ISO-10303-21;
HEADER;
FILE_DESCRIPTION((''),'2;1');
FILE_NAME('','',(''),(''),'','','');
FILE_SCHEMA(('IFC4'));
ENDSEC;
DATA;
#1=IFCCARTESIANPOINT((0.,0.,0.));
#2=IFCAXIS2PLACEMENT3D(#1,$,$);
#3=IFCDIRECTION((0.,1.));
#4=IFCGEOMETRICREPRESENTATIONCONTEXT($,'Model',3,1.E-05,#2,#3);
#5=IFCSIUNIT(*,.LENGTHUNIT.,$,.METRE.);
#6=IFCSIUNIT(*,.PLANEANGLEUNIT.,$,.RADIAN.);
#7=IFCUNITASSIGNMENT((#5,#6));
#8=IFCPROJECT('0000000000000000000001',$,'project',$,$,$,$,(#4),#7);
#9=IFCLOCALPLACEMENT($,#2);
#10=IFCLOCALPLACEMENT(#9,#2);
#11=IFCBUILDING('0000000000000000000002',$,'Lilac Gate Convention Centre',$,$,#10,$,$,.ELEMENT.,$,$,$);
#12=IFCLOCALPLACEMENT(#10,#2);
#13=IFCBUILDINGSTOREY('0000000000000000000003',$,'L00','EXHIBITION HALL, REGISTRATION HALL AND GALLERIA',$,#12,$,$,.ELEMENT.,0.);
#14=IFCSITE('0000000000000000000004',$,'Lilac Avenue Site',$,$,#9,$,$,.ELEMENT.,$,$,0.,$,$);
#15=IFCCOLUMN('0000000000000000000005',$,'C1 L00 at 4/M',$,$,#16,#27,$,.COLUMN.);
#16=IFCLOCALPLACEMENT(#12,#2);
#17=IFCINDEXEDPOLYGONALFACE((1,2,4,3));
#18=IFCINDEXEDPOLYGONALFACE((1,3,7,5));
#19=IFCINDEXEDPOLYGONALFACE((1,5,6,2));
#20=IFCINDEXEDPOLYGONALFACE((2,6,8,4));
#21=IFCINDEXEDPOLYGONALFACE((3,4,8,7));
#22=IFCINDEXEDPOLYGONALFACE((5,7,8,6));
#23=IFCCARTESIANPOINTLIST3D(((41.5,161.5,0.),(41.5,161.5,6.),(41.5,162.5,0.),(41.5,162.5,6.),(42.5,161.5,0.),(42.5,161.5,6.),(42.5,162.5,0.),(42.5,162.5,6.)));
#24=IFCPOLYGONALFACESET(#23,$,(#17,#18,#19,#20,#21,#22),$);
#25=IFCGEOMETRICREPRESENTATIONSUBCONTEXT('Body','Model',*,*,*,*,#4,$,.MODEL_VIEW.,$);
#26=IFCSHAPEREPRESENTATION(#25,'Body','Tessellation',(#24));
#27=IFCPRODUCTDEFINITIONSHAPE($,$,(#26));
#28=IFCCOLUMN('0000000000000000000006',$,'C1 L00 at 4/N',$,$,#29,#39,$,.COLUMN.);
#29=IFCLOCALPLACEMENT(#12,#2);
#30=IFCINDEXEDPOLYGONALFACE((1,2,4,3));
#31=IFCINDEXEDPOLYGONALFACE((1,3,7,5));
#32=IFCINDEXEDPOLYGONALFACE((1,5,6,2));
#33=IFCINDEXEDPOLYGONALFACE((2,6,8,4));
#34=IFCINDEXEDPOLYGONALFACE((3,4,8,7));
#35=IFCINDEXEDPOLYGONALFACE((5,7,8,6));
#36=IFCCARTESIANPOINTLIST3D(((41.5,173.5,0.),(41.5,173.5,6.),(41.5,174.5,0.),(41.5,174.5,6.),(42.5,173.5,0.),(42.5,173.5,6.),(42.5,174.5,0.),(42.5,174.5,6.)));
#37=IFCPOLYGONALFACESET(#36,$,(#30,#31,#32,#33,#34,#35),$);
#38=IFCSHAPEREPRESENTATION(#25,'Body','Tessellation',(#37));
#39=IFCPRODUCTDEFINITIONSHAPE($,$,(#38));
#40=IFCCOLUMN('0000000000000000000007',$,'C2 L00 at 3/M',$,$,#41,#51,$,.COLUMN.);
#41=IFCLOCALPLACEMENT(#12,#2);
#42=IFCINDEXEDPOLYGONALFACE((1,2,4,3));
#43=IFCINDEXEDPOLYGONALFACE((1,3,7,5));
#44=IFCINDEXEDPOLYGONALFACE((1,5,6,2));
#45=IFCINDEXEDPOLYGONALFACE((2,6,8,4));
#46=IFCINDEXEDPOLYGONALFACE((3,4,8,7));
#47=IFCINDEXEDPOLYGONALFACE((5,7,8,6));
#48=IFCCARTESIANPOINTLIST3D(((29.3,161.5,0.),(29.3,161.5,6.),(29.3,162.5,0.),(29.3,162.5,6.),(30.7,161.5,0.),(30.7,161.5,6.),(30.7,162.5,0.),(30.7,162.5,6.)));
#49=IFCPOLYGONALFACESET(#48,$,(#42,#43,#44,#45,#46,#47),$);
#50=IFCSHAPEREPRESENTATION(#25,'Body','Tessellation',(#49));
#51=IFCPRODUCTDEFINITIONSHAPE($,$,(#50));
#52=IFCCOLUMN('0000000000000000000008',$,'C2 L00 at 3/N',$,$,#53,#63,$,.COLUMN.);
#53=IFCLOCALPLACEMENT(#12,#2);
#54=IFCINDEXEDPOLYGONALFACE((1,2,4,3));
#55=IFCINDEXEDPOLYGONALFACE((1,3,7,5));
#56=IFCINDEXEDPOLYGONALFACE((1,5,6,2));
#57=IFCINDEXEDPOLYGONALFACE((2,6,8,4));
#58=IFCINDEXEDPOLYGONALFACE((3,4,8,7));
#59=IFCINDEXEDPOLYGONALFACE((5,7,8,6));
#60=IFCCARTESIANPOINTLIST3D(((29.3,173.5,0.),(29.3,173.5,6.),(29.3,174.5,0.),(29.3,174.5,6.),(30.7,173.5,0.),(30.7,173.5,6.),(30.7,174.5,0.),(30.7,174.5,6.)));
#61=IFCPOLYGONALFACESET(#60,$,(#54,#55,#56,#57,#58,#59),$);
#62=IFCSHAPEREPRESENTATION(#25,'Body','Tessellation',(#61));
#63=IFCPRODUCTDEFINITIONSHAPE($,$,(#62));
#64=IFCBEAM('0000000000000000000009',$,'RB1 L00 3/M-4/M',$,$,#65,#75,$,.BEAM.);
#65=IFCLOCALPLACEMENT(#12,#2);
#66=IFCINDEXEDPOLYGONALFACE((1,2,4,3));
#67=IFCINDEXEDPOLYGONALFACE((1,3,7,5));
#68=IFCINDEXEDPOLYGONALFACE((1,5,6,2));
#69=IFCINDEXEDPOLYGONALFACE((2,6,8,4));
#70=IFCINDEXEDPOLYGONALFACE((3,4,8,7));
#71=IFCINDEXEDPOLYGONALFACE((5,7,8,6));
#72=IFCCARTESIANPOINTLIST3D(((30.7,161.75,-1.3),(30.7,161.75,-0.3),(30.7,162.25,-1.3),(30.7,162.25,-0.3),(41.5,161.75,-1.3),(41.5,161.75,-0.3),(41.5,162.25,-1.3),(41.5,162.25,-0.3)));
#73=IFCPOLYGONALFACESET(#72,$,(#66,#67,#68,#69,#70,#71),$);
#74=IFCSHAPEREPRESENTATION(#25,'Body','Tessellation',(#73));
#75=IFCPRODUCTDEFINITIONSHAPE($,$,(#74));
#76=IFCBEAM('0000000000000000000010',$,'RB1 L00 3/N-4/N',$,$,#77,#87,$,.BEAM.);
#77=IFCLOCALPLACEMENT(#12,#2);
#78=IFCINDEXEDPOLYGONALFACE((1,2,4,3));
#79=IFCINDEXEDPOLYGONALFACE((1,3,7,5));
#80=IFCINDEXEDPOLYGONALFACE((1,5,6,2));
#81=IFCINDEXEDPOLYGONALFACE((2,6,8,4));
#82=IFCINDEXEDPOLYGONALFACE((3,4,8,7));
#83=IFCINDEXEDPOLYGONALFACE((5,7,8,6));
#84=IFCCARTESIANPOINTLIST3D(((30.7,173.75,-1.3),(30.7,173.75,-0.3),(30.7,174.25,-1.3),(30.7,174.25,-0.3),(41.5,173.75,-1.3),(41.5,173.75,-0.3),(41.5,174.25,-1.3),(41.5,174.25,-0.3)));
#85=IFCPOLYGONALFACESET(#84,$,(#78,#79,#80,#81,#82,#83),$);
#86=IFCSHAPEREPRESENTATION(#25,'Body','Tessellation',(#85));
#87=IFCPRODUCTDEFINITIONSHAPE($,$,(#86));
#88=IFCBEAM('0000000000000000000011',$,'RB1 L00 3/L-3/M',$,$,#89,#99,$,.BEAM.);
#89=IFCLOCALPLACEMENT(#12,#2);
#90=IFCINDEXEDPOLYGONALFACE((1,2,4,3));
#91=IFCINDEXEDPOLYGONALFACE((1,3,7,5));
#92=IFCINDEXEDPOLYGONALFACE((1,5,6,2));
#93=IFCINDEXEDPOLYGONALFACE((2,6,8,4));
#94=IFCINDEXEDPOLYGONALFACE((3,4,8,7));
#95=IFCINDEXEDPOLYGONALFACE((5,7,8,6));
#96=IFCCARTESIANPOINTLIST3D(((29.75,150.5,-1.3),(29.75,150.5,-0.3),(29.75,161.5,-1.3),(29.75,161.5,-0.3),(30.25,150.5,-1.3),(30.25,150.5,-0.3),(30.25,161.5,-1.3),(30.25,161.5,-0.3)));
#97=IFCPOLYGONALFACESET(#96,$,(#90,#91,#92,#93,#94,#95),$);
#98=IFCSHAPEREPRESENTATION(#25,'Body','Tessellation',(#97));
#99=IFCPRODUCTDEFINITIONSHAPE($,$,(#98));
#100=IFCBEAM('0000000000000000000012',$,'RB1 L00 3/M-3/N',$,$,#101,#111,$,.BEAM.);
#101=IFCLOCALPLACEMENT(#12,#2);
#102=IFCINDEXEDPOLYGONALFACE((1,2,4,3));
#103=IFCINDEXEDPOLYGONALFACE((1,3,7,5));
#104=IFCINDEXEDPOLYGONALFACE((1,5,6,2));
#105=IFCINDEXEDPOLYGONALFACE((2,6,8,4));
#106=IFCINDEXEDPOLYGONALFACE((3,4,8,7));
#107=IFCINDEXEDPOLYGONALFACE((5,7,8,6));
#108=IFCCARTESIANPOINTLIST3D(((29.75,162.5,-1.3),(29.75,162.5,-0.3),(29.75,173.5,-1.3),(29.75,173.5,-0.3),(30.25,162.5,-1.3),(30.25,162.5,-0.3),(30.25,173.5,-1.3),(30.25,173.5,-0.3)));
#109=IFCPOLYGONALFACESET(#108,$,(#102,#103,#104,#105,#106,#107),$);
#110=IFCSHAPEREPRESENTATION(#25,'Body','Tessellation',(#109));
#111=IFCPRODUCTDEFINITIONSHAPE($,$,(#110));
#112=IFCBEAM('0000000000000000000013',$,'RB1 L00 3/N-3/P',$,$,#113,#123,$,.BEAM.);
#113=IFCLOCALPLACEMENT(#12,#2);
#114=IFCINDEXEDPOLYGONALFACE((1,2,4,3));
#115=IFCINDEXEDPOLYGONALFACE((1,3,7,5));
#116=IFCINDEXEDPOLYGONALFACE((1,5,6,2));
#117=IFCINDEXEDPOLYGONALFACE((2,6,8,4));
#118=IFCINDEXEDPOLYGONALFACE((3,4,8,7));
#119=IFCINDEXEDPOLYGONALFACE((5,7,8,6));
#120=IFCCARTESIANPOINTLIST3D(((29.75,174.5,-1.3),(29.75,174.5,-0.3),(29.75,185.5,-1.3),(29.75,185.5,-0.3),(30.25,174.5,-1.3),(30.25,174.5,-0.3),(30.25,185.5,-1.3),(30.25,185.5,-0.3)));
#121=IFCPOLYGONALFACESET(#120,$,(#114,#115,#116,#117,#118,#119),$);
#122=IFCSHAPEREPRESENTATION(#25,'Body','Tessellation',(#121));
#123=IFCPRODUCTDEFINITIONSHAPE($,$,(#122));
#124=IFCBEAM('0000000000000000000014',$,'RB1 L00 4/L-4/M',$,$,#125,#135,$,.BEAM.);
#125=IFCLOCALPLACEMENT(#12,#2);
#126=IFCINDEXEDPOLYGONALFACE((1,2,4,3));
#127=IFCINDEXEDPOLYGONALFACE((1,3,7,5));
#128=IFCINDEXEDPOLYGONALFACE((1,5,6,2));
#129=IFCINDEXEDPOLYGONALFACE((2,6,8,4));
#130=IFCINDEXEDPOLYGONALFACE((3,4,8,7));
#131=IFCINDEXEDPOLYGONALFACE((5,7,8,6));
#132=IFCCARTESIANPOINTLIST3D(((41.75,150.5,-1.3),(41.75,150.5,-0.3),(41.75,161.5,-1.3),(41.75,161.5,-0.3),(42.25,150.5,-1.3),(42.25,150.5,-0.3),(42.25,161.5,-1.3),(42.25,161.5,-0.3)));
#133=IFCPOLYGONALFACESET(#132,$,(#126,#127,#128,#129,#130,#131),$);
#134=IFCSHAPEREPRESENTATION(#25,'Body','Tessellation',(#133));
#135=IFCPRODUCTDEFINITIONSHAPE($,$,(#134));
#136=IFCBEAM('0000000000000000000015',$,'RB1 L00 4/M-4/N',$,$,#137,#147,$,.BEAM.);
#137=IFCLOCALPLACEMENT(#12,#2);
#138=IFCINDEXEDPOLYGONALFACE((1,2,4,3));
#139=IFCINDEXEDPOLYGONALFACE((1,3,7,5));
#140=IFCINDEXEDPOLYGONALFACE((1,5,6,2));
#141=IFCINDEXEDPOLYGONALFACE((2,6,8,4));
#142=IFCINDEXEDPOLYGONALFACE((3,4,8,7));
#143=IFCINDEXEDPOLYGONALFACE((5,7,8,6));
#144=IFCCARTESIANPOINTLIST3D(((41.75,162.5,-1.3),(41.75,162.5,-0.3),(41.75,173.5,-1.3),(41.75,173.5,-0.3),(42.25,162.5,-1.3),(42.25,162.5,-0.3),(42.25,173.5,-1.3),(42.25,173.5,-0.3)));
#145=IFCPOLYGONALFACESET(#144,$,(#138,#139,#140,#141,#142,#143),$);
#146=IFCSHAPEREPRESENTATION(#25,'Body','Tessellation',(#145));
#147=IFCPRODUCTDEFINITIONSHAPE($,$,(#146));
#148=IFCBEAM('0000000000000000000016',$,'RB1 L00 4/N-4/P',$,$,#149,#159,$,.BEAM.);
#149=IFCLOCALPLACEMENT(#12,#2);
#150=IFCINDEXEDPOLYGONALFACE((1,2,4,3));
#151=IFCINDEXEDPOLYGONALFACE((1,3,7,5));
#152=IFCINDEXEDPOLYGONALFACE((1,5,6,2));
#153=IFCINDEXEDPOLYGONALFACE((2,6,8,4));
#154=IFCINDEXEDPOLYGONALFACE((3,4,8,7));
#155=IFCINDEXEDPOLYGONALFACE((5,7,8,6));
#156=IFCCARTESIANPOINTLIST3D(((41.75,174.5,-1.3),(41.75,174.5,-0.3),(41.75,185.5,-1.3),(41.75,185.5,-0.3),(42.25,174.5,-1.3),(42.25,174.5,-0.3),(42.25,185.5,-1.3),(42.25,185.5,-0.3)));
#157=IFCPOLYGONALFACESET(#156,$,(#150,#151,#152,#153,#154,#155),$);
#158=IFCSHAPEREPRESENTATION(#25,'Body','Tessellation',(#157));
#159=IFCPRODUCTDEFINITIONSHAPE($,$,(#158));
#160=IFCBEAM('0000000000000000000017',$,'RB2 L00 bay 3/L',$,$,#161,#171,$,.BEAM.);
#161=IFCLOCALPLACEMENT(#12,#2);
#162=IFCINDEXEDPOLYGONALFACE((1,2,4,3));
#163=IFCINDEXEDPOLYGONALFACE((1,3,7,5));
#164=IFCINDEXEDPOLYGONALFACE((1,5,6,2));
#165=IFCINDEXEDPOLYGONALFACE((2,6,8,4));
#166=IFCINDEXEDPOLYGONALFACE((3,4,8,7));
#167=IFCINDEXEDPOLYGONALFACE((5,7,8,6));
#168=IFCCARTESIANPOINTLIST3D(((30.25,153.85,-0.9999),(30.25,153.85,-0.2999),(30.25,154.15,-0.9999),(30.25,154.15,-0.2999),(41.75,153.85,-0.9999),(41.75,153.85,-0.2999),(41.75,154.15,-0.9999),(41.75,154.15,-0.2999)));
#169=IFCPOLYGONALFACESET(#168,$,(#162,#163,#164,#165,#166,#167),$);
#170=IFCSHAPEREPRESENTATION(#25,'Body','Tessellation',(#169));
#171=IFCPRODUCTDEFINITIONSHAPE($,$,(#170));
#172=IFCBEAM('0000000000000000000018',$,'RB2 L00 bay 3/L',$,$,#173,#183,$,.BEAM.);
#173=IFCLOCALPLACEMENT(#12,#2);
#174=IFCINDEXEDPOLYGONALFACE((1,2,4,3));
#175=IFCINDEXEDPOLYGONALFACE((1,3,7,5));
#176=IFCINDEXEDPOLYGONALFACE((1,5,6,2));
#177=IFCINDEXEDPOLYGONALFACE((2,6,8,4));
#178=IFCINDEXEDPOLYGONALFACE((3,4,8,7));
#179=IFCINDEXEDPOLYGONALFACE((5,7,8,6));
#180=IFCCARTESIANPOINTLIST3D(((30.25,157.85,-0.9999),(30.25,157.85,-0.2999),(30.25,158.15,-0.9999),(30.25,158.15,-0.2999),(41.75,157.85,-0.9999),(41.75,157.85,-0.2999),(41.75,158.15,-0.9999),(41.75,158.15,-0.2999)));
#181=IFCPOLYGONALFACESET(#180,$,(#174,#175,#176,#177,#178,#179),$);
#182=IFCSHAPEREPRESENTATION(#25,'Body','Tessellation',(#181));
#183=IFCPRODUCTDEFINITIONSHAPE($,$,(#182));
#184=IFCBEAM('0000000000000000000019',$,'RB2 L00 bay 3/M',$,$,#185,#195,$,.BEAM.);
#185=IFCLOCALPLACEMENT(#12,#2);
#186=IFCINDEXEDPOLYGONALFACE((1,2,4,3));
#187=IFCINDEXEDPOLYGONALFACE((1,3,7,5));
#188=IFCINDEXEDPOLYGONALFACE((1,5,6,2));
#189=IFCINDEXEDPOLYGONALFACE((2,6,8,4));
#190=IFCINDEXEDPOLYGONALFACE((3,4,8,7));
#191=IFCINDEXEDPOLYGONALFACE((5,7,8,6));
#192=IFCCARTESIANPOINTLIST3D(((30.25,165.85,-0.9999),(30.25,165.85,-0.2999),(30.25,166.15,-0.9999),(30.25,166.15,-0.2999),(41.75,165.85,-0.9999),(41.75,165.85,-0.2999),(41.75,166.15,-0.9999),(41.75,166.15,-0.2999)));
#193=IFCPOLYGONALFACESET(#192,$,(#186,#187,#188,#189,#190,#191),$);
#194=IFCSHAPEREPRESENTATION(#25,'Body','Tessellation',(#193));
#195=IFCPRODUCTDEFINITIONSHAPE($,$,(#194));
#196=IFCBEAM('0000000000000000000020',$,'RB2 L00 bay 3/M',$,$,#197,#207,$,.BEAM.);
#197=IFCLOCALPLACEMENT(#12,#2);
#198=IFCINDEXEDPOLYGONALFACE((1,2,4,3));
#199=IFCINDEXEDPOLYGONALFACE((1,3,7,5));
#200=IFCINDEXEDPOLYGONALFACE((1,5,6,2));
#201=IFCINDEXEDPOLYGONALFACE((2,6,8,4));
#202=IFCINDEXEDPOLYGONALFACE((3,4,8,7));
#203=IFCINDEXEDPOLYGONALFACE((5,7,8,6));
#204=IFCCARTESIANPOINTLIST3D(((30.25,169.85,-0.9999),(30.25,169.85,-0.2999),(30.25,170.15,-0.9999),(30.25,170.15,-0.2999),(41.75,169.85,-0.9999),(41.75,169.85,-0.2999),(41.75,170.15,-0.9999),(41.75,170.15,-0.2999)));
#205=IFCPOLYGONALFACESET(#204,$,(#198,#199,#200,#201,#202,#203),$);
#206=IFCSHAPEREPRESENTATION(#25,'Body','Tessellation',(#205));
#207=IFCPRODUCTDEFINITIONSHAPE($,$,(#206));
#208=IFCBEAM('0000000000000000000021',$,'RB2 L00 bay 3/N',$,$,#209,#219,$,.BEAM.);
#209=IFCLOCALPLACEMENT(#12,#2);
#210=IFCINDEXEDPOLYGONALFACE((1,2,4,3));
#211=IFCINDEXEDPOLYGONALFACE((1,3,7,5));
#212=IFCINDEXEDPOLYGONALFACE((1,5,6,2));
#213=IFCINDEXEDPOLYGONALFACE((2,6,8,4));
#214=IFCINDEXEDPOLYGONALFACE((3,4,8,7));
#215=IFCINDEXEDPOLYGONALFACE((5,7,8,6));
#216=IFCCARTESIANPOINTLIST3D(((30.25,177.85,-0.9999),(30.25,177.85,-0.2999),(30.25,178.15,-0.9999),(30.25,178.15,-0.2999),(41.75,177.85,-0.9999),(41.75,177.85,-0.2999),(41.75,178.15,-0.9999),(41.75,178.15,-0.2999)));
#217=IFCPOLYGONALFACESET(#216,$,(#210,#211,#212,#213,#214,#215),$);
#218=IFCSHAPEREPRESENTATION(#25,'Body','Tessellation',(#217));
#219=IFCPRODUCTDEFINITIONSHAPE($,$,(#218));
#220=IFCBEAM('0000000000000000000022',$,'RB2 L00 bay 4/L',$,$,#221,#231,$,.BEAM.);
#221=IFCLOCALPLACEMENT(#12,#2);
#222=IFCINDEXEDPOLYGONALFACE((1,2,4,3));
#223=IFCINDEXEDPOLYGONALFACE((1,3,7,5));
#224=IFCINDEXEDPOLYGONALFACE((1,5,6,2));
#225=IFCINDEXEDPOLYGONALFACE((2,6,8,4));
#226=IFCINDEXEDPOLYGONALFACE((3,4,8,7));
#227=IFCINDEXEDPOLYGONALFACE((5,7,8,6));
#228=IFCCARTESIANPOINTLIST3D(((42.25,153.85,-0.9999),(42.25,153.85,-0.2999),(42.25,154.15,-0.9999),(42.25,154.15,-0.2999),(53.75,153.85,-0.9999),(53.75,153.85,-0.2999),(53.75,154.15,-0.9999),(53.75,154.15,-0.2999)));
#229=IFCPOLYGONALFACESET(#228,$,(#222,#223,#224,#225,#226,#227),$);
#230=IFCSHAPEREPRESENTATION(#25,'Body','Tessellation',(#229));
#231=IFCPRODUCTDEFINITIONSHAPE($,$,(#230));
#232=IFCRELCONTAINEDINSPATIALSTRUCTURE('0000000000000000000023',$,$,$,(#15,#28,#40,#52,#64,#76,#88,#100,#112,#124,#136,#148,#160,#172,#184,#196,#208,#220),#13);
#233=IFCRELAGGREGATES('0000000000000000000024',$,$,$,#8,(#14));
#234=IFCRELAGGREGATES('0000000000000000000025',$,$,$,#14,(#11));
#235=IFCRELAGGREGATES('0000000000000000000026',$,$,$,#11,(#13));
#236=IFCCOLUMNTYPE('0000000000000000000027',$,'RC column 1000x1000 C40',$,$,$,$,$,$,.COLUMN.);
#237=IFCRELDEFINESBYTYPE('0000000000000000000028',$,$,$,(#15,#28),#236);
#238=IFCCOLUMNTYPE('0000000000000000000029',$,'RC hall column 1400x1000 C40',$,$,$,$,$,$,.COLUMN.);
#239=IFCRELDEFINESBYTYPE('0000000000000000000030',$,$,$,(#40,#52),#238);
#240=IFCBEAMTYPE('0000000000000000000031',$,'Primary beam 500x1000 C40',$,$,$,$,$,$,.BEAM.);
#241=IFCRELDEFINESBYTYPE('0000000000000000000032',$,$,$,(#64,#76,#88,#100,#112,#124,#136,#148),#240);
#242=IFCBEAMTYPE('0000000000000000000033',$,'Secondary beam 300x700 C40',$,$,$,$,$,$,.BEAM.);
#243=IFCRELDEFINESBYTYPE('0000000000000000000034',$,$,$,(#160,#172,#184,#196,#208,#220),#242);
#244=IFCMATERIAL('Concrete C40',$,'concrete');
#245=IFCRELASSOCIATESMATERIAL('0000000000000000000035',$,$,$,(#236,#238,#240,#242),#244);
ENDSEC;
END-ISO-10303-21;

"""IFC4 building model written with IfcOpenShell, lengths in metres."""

from ifc_helpers import new_model, si_unit, direction, frame, origin, origin_2d, place, context, subcontext, project, spatial, rectangle, extrude, material, material_profile, profile_set, type_object, element, save


model = new_model("IFC4")

# Units and contexts
model_context = context("Model", 3, precision=1e-05, world=origin(), true_north=direction((0.0, 1.0)))
body_context = subcontext(model_context, "Body", "Model", "MODEL_VIEW")
ifc_project = project(units=[si_unit("LENGTHUNIT", "METRE"), si_unit("PLANEANGLEUNIT", "RADIAN")], contexts=[model_context])

# Site, building, storey
site_placement = place(None, origin())
site = spatial("IfcSite", under=ifc_project, at=site_placement, Name="Lilac Avenue Site", CompositionType="ELEMENT", RefElevation=0.0)
building_placement = place(site_placement, origin())
building = spatial("IfcBuilding", under=site, at=building_placement, Name="Lilac Gate Convention Centre", CompositionType="ELEMENT")
storey_placement = place(building_placement, origin())
storey = spatial("IfcBuildingStorey", under=building, at=storey_placement, Name="L00", Description="EXHIBITION HALL, REGISTRATION HALL AND GALLERIA", CompositionType="ELEMENT", Elevation=0.0)

# Columns
ifc_material_1 = material(Name="Concrete C40", Category="concrete")
ifc_material_profile_1 = material_profile(ifc_material_1, rectangle(XDim=1.0, YDim=1.0, at=origin_2d()), Name="RC 1000x1000")
ifc_profile_set_1 = profile_set([ifc_material_profile_1], Name="Concrete C40")
column_type_1 = type_object("IfcColumnType", Name="RC column 1000x1000 C40", PredefinedType="COLUMN", material=ifc_profile_set_1)
for number, where, z_axis, x_axis, name in (
    (1, (42.0, 162.0, 0.0), (0.0, 0.0, 1.0), (1.0, 0.0, 0.0), "C1 L00 at 4/M"),
    (2, (42.0, 174.0, 0.0), (0.0, 0.0, 1.0), (1.0, 0.0, 0.0), "C1 L00 at 4/N"),
):
    element("IfcColumn", number, at=place(storey_placement, frame(where, z_axis=z_axis, x_axis=x_axis)), inside=storey, type_object=column_type_1, Name=name, PredefinedType="COLUMN", context=body_context, shape_type="SweptSolid", body=[
        extrude(rectangle(XDim=1.0, YDim=1.0, at=origin_2d()), origin(), (0.0, 0.0, 1.0), 6.0),
    ])
ifc_material_profile_2 = material_profile(ifc_material_1, rectangle(XDim=1.3999, YDim=1.0, at=origin_2d()), Name="RC 1400x1000")
ifc_profile_set_2 = profile_set([ifc_material_profile_2], Name="Concrete C40")
column_type_2 = type_object("IfcColumnType", Name="RC hall column 1400x1000 C40", PredefinedType="COLUMN", material=ifc_profile_set_2)
for number, where, z_axis, x_axis, name in (
    (3, (30.0, 162.0, 0.0), (0.0, 0.0, 1.0), (1.0, 0.0, 0.0), "C2 L00 at 3/M"),
    (4, (30.0, 174.0, 0.0), (0.0, 0.0, 1.0), (1.0, 0.0, 0.0), "C2 L00 at 3/N"),
):
    element("IfcColumn", number, at=place(storey_placement, frame(where, z_axis=z_axis, x_axis=x_axis)), inside=storey, type_object=column_type_2, Name=name, PredefinedType="COLUMN", context=body_context, shape_type="SweptSolid", body=[
        extrude(rectangle(XDim=1.3999, YDim=1.0, at=origin_2d()), origin(), (0.0, 0.0, 1.0), 6.0),
    ])

# Beams
ifc_material_profile_3 = material_profile(ifc_material_1, rectangle(XDim=0.5, YDim=1.0, at=origin_2d()), Name="RC 500x1000")
ifc_profile_set_3 = profile_set([ifc_material_profile_3], Name="Concrete C40")
beam_type_1 = type_object("IfcBeamType", Name="Primary beam 500x1000 C40", PredefinedType="BEAM", material=ifc_profile_set_3)
for number, where, z_axis, x_axis, name in (
    (5, (30.7, 162.0, -0.8), (1.0, 0.0, 0.0), (0.0, 1.0, 0.0), "RB1 L00 3/M-4/M"),
    (6, (30.7, 174.0, -0.8), (1.0, 0.0, 0.0), (0.0, 1.0, 0.0), "RB1 L00 3/N-4/N"),
):
    element("IfcBeam", number, at=place(storey_placement, frame(where, z_axis=z_axis, x_axis=x_axis)), inside=storey, type_object=beam_type_1, Name=name, PredefinedType="BEAM", context=body_context, shape_type="SweptSolid", body=[
        extrude(rectangle(XDim=0.5, YDim=1.0, at=origin_2d()), origin(), (0.0, 0.0, 1.0), 10.8),
    ])
for number, where, z_axis, x_axis, name in (
    (7, (30.0, 150.5, -0.8), (0.0, 1.0, 0.0), (-1.0, 0.0, 0.0), "RB1 L00 3/L-3/M"),
    (8, (30.0, 162.5, -0.8), (0.0, 1.0, 0.0), (-1.0, 0.0, 0.0), "RB1 L00 3/M-3/N"),
    (9, (30.0, 174.5, -0.8), (0.0, 1.0, 0.0), (-1.0, 0.0, 0.0), "RB1 L00 3/N-3/P"),
    (10, (42.0, 150.5, -0.8), (0.0, 1.0, 0.0), (-1.0, 0.0, 0.0), "RB1 L00 4/L-4/M"),
    (11, (42.0, 162.5, -0.8), (0.0, 1.0, 0.0), (-1.0, 0.0, 0.0), "RB1 L00 4/M-4/N"),
    (12, (42.0, 174.5, -0.8), (0.0, 1.0, 0.0), (-1.0, 0.0, 0.0), "RB1 L00 4/N-4/P"),
):
    element("IfcBeam", number, at=place(storey_placement, frame(where, z_axis=z_axis, x_axis=x_axis)), inside=storey, type_object=beam_type_1, Name=name, PredefinedType="BEAM", context=body_context, shape_type="SweptSolid", body=[
        extrude(rectangle(XDim=0.5, YDim=1.0, at=origin_2d()), origin(), (0.0, 0.0, 1.0), 11.0),
    ])
ifc_material_profile_4 = material_profile(ifc_material_1, rectangle(XDim=0.3, YDim=0.7, at=origin_2d()), Name="RC 300x700")
ifc_profile_set_4 = profile_set([ifc_material_profile_4], Name="Concrete C40")
beam_type_2 = type_object("IfcBeamType", Name="Secondary beam 300x700 C40", PredefinedType="BEAM", material=ifc_profile_set_4)
for number, where, z_axis, x_axis, name in (
    (13, (30.25, 154.0, -0.6499), (1.0, 0.0, 0.0), (0.0, 1.0, 0.0), "RB2 L00 bay 3/L"),
    (14, (30.25, 158.0, -0.6499), (1.0, 0.0, 0.0), (0.0, 1.0, 0.0), "RB2 L00 bay 3/L"),
    (15, (30.25, 166.0, -0.6499), (1.0, 0.0, 0.0), (0.0, 1.0, 0.0), "RB2 L00 bay 3/M"),
    (16, (30.25, 170.0, -0.6499), (1.0, 0.0, 0.0), (0.0, 1.0, 0.0), "RB2 L00 bay 3/M"),
    (17, (30.25, 178.0, -0.6499), (1.0, 0.0, 0.0), (0.0, 1.0, 0.0), "RB2 L00 bay 3/N"),
    (18, (42.25, 154.0, -0.6499), (1.0, 0.0, 0.0), (0.0, 1.0, 0.0), "RB2 L00 bay 4/L"),
):
    element("IfcBeam", number, at=place(storey_placement, frame(where, z_axis=z_axis, x_axis=x_axis)), inside=storey, type_object=beam_type_2, Name=name, PredefinedType="BEAM", context=body_context, shape_type="SweptSolid", body=[
        extrude(rectangle(XDim=0.3, YDim=0.7, at=origin_2d()), origin(), (0.0, 0.0, 1.0), 11.5),
    ])

save(model, "model.ifc")
